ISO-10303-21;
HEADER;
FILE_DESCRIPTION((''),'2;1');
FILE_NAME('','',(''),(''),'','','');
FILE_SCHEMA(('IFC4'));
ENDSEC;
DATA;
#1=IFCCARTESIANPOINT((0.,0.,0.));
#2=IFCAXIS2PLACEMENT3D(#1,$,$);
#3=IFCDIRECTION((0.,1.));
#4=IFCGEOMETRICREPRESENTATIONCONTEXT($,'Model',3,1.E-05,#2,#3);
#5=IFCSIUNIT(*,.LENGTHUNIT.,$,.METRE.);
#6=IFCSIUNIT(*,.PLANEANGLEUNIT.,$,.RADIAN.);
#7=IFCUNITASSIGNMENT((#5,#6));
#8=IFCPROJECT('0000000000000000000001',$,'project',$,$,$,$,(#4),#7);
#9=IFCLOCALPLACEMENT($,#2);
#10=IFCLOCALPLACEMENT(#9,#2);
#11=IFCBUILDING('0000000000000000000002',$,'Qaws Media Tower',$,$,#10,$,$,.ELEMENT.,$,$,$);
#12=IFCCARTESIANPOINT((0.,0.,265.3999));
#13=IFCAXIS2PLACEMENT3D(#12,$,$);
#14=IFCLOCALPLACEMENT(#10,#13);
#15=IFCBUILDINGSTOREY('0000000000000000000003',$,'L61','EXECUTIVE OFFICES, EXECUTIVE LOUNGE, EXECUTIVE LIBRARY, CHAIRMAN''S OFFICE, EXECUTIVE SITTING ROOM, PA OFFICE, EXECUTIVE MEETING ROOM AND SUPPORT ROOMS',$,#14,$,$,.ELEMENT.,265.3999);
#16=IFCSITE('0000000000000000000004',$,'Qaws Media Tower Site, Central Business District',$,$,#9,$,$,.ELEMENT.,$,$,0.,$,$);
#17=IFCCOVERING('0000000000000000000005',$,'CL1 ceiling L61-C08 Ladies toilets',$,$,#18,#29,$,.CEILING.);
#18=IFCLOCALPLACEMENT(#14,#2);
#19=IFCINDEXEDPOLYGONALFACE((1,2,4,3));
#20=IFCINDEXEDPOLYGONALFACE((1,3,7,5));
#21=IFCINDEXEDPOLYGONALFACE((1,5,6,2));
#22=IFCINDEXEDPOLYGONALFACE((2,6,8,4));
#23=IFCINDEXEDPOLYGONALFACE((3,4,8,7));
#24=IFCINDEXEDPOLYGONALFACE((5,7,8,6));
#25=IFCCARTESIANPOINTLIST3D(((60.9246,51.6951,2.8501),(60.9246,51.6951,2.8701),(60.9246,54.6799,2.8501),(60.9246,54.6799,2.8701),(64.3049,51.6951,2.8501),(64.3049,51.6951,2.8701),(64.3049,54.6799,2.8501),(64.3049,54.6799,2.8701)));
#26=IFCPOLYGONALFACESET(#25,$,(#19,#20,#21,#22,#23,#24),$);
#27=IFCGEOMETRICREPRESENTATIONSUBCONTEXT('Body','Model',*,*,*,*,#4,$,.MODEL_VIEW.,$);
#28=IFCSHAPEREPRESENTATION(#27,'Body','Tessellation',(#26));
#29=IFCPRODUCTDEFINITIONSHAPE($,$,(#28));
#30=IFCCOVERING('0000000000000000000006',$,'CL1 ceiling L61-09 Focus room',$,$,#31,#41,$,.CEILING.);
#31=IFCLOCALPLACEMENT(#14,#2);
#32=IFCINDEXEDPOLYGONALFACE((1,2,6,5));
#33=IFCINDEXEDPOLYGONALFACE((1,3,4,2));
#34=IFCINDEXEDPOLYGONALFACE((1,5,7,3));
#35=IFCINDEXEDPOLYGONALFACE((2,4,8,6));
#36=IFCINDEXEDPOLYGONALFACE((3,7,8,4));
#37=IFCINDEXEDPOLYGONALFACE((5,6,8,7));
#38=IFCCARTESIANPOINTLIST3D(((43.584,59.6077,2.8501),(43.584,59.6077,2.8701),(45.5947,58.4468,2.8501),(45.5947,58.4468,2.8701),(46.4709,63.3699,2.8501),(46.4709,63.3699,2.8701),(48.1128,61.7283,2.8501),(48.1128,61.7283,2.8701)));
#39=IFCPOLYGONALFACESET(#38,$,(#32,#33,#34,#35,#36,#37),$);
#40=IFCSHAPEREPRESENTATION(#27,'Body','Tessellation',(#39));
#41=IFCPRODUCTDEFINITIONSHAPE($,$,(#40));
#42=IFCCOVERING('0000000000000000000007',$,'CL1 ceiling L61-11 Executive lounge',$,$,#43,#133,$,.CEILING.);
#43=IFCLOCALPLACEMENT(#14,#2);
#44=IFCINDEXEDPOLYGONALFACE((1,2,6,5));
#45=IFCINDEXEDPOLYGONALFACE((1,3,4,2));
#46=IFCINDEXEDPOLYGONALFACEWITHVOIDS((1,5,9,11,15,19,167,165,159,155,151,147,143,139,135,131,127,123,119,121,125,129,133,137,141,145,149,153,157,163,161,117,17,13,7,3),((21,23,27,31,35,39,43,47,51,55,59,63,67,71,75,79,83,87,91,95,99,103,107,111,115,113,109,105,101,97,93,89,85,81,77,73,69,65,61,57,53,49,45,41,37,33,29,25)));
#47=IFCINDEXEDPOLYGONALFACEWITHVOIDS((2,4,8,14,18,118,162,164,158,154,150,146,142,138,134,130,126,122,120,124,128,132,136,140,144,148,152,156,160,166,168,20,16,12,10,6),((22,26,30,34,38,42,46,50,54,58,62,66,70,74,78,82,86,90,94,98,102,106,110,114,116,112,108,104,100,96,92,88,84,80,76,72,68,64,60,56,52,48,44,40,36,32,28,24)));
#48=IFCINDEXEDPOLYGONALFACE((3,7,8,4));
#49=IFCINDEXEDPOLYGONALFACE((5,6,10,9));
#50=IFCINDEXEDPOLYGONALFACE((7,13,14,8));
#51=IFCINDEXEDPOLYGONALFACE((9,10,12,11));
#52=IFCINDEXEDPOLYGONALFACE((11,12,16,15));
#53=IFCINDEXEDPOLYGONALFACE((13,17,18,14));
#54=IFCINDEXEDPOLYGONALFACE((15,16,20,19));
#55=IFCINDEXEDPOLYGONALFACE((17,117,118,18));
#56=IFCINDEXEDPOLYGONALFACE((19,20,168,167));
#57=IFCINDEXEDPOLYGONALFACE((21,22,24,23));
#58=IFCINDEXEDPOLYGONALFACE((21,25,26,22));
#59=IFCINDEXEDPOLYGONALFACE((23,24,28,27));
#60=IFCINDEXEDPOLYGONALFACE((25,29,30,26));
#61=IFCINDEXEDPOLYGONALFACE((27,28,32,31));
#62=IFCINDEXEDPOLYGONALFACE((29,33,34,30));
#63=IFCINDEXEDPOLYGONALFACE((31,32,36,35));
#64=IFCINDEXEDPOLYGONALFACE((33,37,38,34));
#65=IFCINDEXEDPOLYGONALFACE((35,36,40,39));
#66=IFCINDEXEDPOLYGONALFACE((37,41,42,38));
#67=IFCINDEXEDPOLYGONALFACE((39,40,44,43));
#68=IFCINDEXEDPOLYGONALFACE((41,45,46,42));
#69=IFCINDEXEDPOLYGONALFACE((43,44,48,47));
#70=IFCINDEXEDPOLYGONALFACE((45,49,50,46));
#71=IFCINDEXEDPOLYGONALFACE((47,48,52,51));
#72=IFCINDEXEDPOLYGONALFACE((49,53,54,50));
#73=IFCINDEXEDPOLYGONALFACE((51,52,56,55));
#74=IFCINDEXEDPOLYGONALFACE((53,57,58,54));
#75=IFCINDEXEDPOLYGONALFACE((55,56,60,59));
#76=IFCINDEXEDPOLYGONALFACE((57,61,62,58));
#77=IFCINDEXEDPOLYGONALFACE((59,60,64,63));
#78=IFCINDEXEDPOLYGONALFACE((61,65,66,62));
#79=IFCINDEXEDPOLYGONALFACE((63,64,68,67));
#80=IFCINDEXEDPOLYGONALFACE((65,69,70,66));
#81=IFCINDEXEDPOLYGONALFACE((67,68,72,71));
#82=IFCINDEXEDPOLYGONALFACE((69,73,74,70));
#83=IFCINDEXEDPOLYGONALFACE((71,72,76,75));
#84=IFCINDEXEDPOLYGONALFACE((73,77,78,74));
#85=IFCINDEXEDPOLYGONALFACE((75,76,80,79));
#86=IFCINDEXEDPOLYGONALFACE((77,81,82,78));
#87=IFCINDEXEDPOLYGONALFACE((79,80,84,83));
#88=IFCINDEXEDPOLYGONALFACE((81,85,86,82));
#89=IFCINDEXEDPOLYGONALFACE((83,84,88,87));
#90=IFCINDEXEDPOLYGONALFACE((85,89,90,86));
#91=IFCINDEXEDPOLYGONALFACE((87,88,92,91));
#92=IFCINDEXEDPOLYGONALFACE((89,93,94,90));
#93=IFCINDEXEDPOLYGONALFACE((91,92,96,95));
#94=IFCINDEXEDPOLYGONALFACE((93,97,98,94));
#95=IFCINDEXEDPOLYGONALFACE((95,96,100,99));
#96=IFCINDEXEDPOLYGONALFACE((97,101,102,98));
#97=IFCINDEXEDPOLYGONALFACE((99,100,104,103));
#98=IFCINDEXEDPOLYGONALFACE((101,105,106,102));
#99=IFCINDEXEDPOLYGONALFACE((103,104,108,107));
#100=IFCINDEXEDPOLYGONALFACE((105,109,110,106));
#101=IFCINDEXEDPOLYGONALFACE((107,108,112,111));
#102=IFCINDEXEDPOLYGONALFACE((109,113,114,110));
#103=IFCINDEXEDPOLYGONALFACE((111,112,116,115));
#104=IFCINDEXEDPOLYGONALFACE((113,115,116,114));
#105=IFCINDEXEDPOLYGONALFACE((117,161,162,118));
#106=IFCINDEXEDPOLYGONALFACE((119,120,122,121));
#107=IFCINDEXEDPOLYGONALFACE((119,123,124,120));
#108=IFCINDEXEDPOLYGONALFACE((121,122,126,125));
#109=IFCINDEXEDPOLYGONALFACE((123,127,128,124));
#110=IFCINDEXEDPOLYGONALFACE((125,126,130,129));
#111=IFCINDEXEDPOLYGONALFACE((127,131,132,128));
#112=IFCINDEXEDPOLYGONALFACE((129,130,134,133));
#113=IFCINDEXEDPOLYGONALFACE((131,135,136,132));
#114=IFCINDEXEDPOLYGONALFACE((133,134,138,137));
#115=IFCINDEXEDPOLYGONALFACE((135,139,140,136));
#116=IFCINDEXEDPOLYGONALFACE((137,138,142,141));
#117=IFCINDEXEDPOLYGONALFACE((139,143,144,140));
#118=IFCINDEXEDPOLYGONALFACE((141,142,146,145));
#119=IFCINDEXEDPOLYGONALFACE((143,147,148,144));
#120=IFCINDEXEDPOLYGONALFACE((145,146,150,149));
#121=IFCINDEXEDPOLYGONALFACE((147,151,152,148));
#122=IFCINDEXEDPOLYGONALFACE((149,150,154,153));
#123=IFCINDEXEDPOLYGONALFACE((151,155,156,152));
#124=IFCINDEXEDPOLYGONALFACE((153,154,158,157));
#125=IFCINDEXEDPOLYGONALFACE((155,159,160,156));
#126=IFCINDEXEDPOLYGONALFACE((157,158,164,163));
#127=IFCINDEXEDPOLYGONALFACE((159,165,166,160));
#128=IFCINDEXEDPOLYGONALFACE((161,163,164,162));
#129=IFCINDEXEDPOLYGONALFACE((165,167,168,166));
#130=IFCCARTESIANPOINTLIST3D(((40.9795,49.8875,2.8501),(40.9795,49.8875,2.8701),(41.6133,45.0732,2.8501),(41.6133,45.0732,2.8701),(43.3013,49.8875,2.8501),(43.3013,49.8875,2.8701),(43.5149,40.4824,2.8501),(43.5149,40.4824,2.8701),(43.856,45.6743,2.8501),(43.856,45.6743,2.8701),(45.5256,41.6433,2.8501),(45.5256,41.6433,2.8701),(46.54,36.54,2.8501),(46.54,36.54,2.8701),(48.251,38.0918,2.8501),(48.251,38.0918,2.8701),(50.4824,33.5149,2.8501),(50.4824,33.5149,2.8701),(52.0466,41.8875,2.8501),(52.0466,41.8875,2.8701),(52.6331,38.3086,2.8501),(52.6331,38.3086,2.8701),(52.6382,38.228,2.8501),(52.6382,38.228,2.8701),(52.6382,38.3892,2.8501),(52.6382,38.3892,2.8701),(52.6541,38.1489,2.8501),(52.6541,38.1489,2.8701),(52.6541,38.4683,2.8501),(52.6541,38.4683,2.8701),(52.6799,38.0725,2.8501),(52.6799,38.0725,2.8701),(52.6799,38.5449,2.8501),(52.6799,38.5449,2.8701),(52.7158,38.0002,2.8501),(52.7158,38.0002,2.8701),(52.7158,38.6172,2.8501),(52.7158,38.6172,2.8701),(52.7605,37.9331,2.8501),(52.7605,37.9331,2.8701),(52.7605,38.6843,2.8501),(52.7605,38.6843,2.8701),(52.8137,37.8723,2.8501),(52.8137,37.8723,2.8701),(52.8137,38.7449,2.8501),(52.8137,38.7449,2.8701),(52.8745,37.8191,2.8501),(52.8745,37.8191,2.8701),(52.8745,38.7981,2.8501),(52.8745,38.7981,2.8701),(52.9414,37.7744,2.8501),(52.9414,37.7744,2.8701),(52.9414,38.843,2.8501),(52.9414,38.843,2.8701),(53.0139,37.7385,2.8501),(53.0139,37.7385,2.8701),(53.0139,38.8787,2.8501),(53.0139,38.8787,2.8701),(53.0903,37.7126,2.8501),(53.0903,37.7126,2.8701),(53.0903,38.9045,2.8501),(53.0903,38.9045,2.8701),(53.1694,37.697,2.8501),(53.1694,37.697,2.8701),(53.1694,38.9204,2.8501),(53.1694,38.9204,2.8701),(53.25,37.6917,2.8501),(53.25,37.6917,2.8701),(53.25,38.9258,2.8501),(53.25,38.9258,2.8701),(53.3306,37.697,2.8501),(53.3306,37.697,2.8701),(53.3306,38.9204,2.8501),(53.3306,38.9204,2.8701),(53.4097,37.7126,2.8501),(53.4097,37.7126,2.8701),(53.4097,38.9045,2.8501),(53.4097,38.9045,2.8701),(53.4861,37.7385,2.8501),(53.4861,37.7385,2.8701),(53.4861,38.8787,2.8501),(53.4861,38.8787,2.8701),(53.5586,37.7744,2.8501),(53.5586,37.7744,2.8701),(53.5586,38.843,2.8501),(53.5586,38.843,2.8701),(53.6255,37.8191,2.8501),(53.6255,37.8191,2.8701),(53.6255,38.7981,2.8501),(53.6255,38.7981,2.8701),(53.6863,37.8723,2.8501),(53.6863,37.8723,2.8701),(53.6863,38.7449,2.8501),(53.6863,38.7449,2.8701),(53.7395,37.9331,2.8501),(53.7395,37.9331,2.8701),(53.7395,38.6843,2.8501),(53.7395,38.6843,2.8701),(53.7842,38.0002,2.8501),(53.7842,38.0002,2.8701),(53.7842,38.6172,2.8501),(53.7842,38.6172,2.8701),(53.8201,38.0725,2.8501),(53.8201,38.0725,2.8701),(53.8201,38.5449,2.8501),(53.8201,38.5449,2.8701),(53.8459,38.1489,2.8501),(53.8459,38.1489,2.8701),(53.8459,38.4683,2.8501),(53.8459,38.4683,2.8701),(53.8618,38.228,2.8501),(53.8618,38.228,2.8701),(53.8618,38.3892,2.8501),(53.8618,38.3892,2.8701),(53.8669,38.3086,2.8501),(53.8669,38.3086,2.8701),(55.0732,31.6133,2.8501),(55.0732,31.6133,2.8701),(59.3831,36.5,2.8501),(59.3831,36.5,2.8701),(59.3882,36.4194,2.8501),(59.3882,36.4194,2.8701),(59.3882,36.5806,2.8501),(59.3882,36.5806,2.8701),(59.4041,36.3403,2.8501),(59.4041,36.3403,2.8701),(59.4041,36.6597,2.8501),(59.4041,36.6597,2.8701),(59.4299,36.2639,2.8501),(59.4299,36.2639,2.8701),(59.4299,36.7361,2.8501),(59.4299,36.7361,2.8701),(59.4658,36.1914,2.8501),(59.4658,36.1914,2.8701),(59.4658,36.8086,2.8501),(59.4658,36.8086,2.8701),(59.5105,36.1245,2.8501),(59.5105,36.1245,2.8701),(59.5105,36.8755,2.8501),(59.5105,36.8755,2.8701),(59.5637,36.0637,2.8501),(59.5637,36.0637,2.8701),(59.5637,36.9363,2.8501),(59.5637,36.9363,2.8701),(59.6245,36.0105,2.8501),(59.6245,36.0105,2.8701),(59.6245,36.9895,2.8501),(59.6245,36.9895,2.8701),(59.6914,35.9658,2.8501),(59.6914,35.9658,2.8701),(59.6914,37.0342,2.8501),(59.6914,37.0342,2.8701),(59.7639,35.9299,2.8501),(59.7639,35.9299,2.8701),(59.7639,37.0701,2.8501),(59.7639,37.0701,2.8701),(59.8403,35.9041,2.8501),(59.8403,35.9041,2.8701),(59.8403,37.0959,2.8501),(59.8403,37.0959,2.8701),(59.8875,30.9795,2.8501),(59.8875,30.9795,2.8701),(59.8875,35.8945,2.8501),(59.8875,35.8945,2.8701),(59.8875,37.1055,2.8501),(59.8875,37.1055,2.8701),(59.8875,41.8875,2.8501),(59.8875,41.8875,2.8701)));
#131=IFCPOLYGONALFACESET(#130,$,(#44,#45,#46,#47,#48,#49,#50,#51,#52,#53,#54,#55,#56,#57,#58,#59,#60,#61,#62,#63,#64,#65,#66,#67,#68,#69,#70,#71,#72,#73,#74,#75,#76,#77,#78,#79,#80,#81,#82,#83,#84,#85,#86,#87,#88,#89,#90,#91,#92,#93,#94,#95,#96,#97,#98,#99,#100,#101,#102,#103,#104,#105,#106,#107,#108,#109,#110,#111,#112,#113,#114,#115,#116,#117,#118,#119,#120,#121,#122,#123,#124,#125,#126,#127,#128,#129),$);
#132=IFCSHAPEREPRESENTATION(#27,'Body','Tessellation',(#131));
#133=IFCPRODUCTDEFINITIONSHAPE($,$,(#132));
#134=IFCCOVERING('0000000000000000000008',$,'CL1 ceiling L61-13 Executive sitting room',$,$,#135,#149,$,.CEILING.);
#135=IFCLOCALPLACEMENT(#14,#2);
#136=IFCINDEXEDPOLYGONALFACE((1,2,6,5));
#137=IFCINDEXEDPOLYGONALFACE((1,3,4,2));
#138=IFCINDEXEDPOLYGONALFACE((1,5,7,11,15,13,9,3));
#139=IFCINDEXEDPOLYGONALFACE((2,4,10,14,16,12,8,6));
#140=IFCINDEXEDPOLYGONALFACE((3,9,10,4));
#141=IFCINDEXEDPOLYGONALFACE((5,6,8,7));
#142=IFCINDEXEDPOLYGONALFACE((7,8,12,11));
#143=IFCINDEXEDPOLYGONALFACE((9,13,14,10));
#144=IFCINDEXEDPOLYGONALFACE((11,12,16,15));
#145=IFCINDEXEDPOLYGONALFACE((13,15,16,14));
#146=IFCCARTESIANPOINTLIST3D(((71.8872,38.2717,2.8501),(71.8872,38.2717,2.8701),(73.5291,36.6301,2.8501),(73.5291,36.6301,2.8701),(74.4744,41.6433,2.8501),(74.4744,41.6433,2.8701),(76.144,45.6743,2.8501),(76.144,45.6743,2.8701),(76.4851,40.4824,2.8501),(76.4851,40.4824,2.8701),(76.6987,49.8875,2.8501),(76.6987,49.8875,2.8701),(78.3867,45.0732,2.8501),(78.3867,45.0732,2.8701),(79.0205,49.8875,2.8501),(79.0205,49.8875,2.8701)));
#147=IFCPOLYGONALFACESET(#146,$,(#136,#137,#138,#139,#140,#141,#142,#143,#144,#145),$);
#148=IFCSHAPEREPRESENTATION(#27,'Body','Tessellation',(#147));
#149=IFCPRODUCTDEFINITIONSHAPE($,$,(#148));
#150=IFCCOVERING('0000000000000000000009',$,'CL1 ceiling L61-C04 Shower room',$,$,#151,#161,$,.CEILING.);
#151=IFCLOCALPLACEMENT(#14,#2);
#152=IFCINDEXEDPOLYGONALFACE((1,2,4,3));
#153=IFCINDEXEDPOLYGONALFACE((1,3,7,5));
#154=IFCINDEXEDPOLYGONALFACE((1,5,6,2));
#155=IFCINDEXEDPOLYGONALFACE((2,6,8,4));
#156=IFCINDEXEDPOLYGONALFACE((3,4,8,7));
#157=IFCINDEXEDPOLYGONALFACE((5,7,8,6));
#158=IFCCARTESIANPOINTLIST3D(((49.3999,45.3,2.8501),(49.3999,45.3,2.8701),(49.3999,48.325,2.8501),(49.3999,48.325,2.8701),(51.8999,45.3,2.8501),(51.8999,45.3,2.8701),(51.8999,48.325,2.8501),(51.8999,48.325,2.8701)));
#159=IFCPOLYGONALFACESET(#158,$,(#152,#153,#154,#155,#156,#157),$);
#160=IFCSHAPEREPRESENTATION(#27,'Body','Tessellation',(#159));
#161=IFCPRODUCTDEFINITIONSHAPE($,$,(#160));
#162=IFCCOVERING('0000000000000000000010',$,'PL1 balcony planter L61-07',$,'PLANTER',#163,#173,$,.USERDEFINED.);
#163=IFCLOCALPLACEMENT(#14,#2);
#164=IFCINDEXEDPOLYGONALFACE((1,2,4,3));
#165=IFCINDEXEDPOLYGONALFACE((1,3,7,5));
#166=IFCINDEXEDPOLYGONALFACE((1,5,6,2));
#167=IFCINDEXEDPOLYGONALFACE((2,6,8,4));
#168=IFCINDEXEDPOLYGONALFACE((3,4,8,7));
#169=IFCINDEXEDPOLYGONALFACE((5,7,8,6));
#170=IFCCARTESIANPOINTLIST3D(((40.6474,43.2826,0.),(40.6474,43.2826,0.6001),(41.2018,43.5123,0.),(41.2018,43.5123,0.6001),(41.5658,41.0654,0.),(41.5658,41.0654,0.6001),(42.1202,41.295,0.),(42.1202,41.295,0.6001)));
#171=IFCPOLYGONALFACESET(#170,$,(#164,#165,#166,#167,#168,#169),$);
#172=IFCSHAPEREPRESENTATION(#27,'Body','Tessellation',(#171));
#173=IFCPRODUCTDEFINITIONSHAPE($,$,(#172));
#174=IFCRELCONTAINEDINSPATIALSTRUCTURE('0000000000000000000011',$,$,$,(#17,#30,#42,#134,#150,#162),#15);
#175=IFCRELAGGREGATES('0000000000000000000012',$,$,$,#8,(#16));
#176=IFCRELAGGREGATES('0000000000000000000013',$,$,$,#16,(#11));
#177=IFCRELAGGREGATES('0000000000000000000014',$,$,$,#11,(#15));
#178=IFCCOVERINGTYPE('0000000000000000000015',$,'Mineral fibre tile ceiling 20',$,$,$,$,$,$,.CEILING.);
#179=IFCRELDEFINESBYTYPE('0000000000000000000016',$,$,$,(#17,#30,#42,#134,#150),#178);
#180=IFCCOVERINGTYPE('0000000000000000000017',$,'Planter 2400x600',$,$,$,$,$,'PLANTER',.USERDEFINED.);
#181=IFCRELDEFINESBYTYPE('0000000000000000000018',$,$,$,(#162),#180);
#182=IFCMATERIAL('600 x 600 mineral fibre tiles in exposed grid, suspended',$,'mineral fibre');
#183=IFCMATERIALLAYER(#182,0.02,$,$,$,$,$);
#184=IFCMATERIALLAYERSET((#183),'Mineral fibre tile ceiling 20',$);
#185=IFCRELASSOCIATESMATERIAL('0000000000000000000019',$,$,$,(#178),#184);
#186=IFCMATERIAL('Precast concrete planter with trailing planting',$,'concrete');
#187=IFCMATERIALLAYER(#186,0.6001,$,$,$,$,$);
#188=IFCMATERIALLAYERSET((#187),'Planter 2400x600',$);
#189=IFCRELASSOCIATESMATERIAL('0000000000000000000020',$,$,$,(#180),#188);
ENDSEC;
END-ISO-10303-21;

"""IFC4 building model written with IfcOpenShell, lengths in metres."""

from ifc_helpers import new_model, si_unit, direction, frame, origin, origin_2d, place, context, subcontext, project, spatial, polyline, rectangle, outline, extrude, material, layer, layer_set, type_object, element, save


model = new_model("IFC4")

# Units and contexts
model_context = context("Model", 3, precision=1e-05, world=origin(), true_north=direction((0.0, 1.0)))
body_context = subcontext(model_context, "Body", "Model", "MODEL_VIEW")
ifc_project = project(units=[si_unit("LENGTHUNIT", "METRE"), si_unit("PLANEANGLEUNIT", "RADIAN")], contexts=[model_context])

# Site, building, storey
site_placement = place(None, origin())
site = spatial("IfcSite", under=ifc_project, at=site_placement, Name="Qaws Media Tower Site, Central Business District", CompositionType="ELEMENT", RefElevation=0.0)
building_placement = place(site_placement, origin())
building = spatial("IfcBuilding", under=site, at=building_placement, Name="Qaws Media Tower", CompositionType="ELEMENT")
storey_placement = place(building_placement, frame((0.0, 0.0, 265.3999)))
storey = spatial("IfcBuildingStorey", under=building, at=storey_placement, Name="L61", Description="EXECUTIVE OFFICES, EXECUTIVE LOUNGE, EXECUTIVE LIBRARY, CHAIRMAN'S OFFICE, EXECUTIVE SITTING ROOM, PA OFFICE, EXECUTIVE MEETING ROOM AND SUPPORT ROOMS", CompositionType="ELEMENT", Elevation=265.3999)

# Coverings
ifc_material_1 = material(Name="600 x 600 mineral fibre tiles in exposed grid, suspended", Category="mineral fibre")
ifc_layer_1 = layer(ifc_material_1, 0.02)
ifc_layer_set_1 = layer_set([ifc_layer_1], Name="Mineral fibre tile ceiling 20")
covering_type_1 = type_object("IfcCoveringType", Name="Mineral fibre tile ceiling 20", PredefinedType="CEILING", material=ifc_layer_set_1)
covering_1_placement = place(storey_placement, frame((0.0, 0.0, 2.8501)))
element("IfcCovering", 1, at=covering_1_placement, inside=storey, type_object=covering_type_1, Name="CL1 ceiling L61-C08 Ladies toilets", PredefinedType="CEILING", context=body_context, shape_type="SweptSolid", body=[
    extrude(outline(polyline([(60.9246, 51.6951), (60.9246, 54.6799), (64.3049, 54.6799), (64.3049, 51.6951), (60.9246, 51.6951)])), origin(), (0.0, 0.0, 1.0), 0.02),
])
covering_2_placement = place(storey_placement, frame((0.0, 0.0, 2.8501)))
element("IfcCovering", 2, at=covering_2_placement, inside=storey, type_object=covering_type_1, Name="CL1 ceiling L61-09 Focus room", PredefinedType="CEILING", context=body_context, shape_type="SweptSolid", body=[
    extrude(outline(polyline([(46.4709, 63.3699), (48.1128, 61.7283), (45.5947, 58.4468), (43.584, 59.6077), (46.4709, 63.3699)])), origin(), (0.0, 0.0, 1.0), 0.02),
])
covering_3_placement = place(storey_placement, frame((0.0, 0.0, 2.8501)))
element("IfcCovering", 3, at=covering_3_placement, inside=storey, type_object=covering_type_1, Name="CL1 ceiling L61-11 Executive lounge", PredefinedType="CEILING", context=body_context, shape_type="SweptSolid", body=[
    extrude(outline(polyline([(55.0732, 31.6133), (50.4824, 33.5149), (46.54, 36.54), (43.5149, 40.4824), (41.6133, 45.0732), (40.9795, 49.8875), (43.3013, 49.8875), (43.856, 45.6743), (45.5256, 41.6433), (48.251, 38.0918), (52.0466, 41.8875), (59.8875, 41.8875), (59.8875, 37.1055), (59.8403, 37.0959), (59.7639, 37.0701), (59.6914, 37.0342), (59.6245, 36.9895), (59.5637, 36.9363), (59.5105, 36.8755), (59.4658, 36.8086), (59.4299, 36.7361), (59.4041, 36.6597), (59.3882, 36.5806), (59.3831, 36.5), (59.3882, 36.4194), (59.4041, 36.3403), (59.4299, 36.2639), (59.4658, 36.1914), (59.5105, 36.1245), (59.5637, 36.0637), (59.6245, 36.0105), (59.6914, 35.9658), (59.7639, 35.9299), (59.8403, 35.9041), (59.8875, 35.8945), (59.8875, 30.9795), (55.0732, 31.6133)]), holes=[polyline([(53.8459, 38.1489), (53.8618, 38.228), (53.8669, 38.3086), (53.8618, 38.3892), (53.8459, 38.4683), (53.8201, 38.5449), (53.7842, 38.6172), (53.7395, 38.6843), (53.6863, 38.7449), (53.6255, 38.7981), (53.5586, 38.843), (53.4861, 38.8787), (53.4097, 38.9045), (53.3306, 38.9204), (53.25, 38.9258), (53.1694, 38.9204), (53.0903, 38.9045), (53.0139, 38.8787), (52.9414, 38.843), (52.8745, 38.7981), (52.8137, 38.7449), (52.7605, 38.6843), (52.7158, 38.6172), (52.6799, 38.5449), (52.6541, 38.4683), (52.6382, 38.3892), (52.6331, 38.3086), (52.6382, 38.228), (52.6541, 38.1489), (52.6799, 38.0725), (52.7158, 38.0002), (52.7605, 37.9331), (52.8137, 37.8723), (52.8745, 37.8191), (52.9414, 37.7744), (53.0139, 37.7385), (53.0903, 37.7126), (53.1694, 37.697), (53.25, 37.6917), (53.3306, 37.697), (53.4097, 37.7126), (53.4861, 37.7385), (53.5586, 37.7744), (53.6255, 37.8191), (53.6863, 37.8723), (53.7395, 37.9331), (53.7842, 38.0002), (53.8201, 38.0725), (53.8459, 38.1489)])]), origin(), (0.0, 0.0, 1.0), 0.02),
])
covering_4_placement = place(storey_placement, frame((0.0, 0.0, 2.8501)))
element("IfcCovering", 4, at=covering_4_placement, inside=storey, type_object=covering_type_1, Name="CL1 ceiling L61-13 Executive sitting room", PredefinedType="CEILING", context=body_context, shape_type="SweptSolid", body=[
    extrude(outline(polyline([(74.4744, 41.6433), (76.144, 45.6743), (76.6987, 49.8875), (79.0205, 49.8875), (78.3867, 45.0732), (76.4851, 40.4824), (73.5291, 36.6301), (71.8872, 38.2717), (74.4744, 41.6433)])), origin(), (0.0, 0.0, 1.0), 0.02),
])
covering_5_placement = place(storey_placement, frame((0.0, 0.0, 2.8501)))
element("IfcCovering", 5, at=covering_5_placement, inside=storey, type_object=covering_type_1, Name="CL1 ceiling L61-C04 Shower room", PredefinedType="CEILING", context=body_context, shape_type="SweptSolid", body=[
    extrude(outline(polyline([(49.3999, 45.3), (49.3999, 48.325), (51.8999, 48.325), (51.8999, 45.3), (49.3999, 45.3)])), origin(), (0.0, 0.0, 1.0), 0.02),
])
ifc_material_2 = material(Name="Precast concrete planter with trailing planting", Category="concrete")
ifc_layer_2 = layer(ifc_material_2, 0.6001)
ifc_layer_set_2 = layer_set([ifc_layer_2], Name="Planter 2400x600")
covering_type_2 = type_object("IfcCoveringType", Name="Planter 2400x600", ElementType="PLANTER", PredefinedType="USERDEFINED", material=ifc_layer_set_2)
covering_6_placement = place(storey_placement, frame((41.3838, 42.2888, 0.0), z_axis=(0.0, 0.0, 1.0), x_axis=(0.382683, -0.92388, 0.0)))
element("IfcCovering", 6, at=covering_6_placement, inside=storey, type_object=covering_type_2, Name="PL1 balcony planter L61-07", ObjectType="PLANTER", PredefinedType="USERDEFINED", context=body_context, shape_type="SweptSolid", body=[
    extrude(rectangle(XDim=2.3999, YDim=0.6001, at=origin_2d()), origin(), (0.0, 0.0, 1.0), 0.6001),
])

save(model, "model.ifc")
